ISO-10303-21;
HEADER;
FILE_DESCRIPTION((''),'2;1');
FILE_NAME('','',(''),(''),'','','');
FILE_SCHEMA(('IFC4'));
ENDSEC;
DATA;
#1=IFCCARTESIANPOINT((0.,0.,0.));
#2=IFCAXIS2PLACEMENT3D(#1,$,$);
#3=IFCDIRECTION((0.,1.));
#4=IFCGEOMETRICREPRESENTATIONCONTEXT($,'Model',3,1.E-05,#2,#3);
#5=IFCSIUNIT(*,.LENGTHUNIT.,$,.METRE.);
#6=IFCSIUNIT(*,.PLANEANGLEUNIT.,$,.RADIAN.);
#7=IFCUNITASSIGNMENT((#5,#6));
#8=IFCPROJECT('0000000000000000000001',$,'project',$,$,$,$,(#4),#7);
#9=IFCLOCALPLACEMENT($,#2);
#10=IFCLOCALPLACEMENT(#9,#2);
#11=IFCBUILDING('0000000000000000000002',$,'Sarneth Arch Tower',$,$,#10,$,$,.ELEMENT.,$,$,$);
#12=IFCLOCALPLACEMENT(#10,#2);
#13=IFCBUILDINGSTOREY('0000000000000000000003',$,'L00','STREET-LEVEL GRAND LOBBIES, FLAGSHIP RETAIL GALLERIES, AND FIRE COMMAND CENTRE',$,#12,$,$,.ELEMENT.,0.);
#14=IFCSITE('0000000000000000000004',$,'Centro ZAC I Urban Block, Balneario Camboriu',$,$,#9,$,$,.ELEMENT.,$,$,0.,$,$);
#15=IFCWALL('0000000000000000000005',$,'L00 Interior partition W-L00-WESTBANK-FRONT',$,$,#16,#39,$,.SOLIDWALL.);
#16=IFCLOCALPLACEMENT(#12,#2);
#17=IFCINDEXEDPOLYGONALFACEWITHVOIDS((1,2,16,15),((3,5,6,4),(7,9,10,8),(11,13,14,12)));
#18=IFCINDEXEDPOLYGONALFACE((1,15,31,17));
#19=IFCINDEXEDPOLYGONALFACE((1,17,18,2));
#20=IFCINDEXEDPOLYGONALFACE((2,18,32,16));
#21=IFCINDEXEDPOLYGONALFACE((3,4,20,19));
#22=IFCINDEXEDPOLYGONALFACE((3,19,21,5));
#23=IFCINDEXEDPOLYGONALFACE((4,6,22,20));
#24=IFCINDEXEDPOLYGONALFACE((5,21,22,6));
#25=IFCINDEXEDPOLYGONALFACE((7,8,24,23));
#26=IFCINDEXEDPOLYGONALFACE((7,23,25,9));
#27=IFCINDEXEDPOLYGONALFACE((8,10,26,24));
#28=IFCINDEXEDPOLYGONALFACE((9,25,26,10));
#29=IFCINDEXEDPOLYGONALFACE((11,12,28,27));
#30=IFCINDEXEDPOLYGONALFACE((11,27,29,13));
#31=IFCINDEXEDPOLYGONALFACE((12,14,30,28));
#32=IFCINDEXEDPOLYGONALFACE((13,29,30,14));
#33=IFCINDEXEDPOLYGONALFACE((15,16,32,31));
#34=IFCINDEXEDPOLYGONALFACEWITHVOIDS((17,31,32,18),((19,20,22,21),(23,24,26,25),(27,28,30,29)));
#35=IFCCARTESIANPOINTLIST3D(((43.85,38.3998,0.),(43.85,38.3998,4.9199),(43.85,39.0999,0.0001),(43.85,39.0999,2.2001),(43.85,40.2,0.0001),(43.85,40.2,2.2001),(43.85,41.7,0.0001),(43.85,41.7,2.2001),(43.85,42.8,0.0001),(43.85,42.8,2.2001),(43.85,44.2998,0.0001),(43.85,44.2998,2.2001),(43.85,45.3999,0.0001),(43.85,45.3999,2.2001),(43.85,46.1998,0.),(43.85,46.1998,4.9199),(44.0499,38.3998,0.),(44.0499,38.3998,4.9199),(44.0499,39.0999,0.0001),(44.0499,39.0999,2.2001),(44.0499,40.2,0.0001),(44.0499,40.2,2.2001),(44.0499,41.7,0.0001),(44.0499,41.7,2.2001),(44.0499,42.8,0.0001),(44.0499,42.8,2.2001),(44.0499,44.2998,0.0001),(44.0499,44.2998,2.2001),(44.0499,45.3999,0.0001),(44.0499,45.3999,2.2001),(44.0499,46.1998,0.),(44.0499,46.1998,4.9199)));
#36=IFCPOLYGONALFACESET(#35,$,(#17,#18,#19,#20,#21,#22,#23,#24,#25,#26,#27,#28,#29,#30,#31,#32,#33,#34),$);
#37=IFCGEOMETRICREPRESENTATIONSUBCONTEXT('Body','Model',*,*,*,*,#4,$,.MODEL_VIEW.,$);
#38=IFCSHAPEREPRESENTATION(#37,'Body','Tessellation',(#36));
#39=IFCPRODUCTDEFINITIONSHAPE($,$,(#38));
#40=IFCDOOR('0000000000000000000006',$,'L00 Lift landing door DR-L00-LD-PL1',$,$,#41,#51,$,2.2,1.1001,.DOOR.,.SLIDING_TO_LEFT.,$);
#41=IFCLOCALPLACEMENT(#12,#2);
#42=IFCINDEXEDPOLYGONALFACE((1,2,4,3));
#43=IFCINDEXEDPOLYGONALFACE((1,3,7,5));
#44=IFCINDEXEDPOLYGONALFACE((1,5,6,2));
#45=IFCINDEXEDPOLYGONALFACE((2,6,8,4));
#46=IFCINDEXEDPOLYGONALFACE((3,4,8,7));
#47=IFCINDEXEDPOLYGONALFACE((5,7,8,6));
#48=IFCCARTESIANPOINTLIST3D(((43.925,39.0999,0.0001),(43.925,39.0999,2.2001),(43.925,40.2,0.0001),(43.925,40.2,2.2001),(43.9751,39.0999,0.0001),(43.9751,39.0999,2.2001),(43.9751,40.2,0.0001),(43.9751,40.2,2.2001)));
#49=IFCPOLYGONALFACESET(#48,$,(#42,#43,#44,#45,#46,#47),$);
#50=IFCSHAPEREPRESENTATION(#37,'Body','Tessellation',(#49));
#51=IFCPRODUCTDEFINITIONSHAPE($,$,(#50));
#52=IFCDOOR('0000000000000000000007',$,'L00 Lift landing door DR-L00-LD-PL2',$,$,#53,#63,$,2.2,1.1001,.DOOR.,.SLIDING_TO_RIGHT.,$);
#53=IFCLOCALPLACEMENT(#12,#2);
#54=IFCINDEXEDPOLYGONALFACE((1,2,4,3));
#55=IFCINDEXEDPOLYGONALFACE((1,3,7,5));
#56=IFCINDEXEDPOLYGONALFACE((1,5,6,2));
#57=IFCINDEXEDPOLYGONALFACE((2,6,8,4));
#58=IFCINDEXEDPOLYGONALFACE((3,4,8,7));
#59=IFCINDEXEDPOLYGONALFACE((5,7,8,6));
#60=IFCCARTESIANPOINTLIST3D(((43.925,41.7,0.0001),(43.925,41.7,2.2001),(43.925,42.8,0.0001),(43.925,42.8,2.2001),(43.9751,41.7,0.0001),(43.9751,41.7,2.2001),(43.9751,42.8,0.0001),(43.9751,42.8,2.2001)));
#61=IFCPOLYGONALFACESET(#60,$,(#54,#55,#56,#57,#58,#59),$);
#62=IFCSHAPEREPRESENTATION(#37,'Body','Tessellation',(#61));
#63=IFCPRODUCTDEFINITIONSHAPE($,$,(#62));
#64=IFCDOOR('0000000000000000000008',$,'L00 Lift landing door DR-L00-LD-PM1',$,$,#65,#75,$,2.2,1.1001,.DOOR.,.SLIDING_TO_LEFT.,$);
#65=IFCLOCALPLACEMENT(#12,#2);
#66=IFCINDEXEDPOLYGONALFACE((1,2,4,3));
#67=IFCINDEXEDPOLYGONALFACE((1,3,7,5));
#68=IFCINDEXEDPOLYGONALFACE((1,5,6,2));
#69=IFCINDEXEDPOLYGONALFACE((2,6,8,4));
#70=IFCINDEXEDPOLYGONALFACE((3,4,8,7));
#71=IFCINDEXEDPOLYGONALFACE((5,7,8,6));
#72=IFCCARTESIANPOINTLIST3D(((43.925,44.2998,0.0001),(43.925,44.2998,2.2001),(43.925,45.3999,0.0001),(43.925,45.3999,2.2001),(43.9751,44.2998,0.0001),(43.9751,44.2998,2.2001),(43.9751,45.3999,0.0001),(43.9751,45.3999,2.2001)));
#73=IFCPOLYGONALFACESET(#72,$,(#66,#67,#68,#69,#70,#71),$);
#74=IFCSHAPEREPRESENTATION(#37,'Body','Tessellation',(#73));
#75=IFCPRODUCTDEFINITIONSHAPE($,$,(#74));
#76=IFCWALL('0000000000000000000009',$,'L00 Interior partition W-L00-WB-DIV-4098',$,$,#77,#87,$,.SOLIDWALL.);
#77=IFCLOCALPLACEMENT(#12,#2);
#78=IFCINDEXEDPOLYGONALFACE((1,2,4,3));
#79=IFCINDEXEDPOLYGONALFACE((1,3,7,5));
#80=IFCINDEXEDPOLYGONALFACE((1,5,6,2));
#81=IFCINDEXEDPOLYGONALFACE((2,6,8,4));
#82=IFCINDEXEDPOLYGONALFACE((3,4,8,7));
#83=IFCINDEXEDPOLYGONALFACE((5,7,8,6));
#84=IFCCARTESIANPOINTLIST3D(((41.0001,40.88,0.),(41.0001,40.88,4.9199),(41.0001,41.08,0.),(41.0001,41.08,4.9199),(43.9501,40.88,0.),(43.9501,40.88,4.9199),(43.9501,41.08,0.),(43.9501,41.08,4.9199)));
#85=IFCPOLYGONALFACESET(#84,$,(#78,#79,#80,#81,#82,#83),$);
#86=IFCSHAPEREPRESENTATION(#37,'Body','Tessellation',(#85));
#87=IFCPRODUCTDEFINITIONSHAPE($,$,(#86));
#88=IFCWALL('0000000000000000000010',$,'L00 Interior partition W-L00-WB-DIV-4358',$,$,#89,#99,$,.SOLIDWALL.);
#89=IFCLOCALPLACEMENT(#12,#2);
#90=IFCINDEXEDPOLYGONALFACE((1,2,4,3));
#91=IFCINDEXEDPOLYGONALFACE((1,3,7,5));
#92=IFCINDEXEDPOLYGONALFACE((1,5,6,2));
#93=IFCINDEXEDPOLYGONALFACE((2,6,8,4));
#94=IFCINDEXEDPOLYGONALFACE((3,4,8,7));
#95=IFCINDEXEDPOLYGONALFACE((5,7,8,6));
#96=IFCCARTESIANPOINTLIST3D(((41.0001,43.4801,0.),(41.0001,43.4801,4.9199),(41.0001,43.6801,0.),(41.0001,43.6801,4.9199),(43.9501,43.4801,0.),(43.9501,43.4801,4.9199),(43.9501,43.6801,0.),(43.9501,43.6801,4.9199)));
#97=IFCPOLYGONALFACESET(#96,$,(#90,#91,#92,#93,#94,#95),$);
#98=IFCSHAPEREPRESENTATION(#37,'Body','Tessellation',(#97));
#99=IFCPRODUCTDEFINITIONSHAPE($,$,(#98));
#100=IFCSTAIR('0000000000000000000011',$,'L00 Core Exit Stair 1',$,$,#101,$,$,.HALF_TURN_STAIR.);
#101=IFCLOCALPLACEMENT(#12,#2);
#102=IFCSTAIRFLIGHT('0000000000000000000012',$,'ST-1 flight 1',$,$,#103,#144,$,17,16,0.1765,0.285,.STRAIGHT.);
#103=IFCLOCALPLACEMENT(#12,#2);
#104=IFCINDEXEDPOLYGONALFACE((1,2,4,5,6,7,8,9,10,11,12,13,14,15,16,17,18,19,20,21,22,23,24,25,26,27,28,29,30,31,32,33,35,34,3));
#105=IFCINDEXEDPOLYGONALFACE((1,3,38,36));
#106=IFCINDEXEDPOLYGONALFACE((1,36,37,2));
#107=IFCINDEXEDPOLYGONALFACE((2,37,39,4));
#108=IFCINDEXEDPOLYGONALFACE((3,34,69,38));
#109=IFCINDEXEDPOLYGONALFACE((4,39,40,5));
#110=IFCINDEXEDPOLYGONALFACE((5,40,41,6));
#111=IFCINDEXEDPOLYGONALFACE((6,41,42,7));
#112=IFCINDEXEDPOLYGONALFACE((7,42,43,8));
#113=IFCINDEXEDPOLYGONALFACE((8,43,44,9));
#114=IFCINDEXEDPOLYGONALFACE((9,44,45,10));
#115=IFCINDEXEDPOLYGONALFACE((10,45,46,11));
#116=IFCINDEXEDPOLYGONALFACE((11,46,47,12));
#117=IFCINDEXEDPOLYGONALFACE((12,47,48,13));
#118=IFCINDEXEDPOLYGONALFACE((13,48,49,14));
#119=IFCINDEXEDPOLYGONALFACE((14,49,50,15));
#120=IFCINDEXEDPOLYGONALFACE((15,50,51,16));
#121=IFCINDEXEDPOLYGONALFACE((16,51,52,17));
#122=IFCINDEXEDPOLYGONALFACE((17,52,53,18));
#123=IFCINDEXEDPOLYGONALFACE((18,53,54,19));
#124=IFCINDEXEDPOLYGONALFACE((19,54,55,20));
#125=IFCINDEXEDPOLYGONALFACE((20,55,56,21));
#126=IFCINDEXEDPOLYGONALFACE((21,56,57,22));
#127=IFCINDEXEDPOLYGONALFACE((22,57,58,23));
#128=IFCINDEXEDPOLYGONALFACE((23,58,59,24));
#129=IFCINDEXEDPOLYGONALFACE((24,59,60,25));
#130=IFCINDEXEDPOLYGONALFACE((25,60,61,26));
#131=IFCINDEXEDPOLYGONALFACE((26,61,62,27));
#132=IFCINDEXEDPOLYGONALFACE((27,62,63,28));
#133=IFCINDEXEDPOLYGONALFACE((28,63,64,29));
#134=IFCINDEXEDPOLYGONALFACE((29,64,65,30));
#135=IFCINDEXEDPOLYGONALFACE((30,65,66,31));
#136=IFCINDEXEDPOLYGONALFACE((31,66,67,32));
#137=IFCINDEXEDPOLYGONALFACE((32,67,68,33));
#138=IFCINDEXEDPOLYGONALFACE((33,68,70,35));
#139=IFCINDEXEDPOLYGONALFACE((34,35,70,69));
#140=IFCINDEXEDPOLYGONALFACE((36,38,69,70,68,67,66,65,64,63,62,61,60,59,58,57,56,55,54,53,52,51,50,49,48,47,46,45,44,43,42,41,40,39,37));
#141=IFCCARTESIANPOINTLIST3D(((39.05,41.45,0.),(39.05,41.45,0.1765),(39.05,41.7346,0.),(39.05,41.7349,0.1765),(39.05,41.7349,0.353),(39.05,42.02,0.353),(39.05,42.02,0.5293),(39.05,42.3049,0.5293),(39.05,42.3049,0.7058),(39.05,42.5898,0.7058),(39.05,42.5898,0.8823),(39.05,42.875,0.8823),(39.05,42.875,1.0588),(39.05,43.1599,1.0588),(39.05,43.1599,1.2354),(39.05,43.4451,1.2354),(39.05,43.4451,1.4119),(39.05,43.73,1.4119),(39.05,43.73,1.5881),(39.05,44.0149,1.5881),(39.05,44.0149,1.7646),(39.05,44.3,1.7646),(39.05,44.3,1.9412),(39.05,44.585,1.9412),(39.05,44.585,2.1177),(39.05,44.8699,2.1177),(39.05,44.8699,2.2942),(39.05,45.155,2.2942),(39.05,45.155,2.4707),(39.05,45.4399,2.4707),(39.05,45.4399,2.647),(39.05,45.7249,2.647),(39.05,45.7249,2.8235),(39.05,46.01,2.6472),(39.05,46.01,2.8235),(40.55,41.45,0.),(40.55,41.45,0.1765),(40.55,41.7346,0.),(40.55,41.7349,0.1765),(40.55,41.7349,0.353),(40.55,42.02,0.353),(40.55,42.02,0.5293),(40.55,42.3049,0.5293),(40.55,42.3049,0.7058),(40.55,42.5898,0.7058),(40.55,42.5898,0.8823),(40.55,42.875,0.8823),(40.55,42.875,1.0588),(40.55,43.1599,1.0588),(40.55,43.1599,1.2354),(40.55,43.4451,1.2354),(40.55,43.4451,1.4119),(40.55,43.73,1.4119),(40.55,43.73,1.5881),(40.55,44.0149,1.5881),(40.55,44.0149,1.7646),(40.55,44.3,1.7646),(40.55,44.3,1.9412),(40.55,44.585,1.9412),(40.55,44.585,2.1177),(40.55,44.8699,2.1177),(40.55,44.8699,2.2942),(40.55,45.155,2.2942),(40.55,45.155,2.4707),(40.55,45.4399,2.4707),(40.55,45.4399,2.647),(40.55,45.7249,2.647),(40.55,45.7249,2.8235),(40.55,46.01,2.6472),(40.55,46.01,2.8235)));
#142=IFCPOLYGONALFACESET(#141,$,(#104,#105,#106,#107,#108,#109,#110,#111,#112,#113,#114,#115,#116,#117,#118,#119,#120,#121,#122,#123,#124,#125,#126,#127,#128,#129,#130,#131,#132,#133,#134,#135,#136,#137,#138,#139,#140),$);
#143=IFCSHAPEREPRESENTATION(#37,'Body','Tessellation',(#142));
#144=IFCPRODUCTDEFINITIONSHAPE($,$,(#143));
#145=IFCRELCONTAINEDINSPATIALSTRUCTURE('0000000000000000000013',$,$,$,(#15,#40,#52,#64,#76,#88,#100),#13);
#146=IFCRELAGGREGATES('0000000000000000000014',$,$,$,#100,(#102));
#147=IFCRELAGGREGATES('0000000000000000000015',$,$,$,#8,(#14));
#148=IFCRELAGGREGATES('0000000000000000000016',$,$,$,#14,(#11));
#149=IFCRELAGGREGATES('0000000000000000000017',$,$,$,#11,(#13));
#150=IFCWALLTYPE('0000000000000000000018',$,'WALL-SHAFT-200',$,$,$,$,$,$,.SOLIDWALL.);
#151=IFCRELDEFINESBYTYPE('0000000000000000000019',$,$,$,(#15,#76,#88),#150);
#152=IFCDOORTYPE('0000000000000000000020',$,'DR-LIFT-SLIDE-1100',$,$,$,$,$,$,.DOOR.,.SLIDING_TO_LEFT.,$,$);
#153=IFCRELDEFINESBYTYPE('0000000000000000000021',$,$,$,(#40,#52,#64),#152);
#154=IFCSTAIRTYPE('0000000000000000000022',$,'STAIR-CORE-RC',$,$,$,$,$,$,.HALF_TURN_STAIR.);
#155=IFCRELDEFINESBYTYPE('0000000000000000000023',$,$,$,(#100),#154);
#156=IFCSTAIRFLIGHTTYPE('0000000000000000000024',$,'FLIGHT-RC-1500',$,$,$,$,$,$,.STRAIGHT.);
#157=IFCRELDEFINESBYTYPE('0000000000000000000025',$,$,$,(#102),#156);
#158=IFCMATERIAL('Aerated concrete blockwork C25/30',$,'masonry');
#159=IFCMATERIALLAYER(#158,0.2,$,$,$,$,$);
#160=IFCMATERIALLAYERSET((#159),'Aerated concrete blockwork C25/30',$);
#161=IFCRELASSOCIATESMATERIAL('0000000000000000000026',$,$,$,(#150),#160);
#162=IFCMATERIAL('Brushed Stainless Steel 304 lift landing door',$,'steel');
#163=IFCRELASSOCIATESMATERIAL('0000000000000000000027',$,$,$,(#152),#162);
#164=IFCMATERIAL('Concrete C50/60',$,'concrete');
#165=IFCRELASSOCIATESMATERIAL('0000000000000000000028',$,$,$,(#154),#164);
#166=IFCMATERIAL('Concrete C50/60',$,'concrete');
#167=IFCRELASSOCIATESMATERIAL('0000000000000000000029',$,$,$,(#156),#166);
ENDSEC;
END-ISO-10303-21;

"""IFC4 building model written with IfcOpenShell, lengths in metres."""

from ifc_helpers import new_model, si_unit, direction, frame, frame_2d, origin, place, context, subcontext, project, spatial, polyline, rectangle, outline, extrude, material, layer, layer_set, type_object, element, fill, aggregate, save


model = new_model("IFC4")

# Units and contexts
model_context = context("Model", 3, precision=1e-05, world=origin(), true_north=direction((0.0, 1.0)))
body_context = subcontext(model_context, "Body", "Model", "MODEL_VIEW")
ifc_project = project(units=[si_unit("LENGTHUNIT", "METRE"), si_unit("PLANEANGLEUNIT", "RADIAN")], contexts=[model_context])

# Site, building, storey
site_placement = place(None, origin())
site = spatial("IfcSite", under=ifc_project, at=site_placement, Name="Centro ZAC I Urban Block, Balneario Camboriu", CompositionType="ELEMENT", RefElevation=0.0)
building_placement = place(site_placement, origin())
building = spatial("IfcBuilding", under=site, at=building_placement, Name="Sarneth Arch Tower", CompositionType="ELEMENT")
storey_placement = place(building_placement, origin())
storey = spatial("IfcBuildingStorey", under=building, at=storey_placement, Name="L00", Description="STREET-LEVEL GRAND LOBBIES, FLAGSHIP RETAIL GALLERIES, AND FIRE COMMAND CENTRE", CompositionType="ELEMENT", Elevation=0.0)

# Shared definitions
ifc_material_1 = material(Name="Aerated concrete blockwork C25/30", Category="masonry")
ifc_layer_1 = layer(ifc_material_1, 0.2)
ifc_layer_set_1 = layer_set([ifc_layer_1], Name="Aerated concrete blockwork C25/30")
wall_type_1 = type_object("IfcWallType", Name="WALL-SHAFT-200", PredefinedType="SOLIDWALL", material=ifc_layer_set_1)

# Wall, openings, doors
wall_1_placement = place(storey_placement, frame((43.95, 38.3999, 0.0), z_axis=(0.0, 0.0, 1.0), x_axis=(0.0, 1.0, 0.0)))
wall_1 = element("IfcWall", 1, at=wall_1_placement, inside=storey, type_object=wall_type_1, Name="L00 Interior partition W-L00-WESTBANK-FRONT", PredefinedType="SOLIDWALL", context=body_context, shape_type="SweptSolid", body=[
    extrude(rectangle(XDim=7.8, YDim=0.2, at=frame_2d((3.8999, 0.0))), origin(), (0.0, 0.0, 1.0), 4.9199),
])
opening_1_placement = place(wall_1_placement, frame((0.7, 0.0, 0.0)))
opening_1 = element("IfcOpeningElement", 2, at=opening_1_placement, cuts=wall_1, PredefinedType="OPENING", context=body_context, shape_type="SweptSolid", body=[
    extrude(rectangle(XDim=1.1001, YDim=2.2, at=frame_2d((0.55, 1.1001))), frame((0.0, 0.1099, 0.0), z_axis=(0.0, -1.0, 0.0), x_axis=(1.0, 0.0, 0.0)), (0.0, 0.0, 1.0), 0.22),
])
opening_2_placement = place(wall_1_placement, frame((3.3, 0.0, 0.0)))
opening_2 = element("IfcOpeningElement", 3, at=opening_2_placement, cuts=wall_1, PredefinedType="OPENING", context=body_context, shape_type="SweptSolid", body=[
    extrude(rectangle(XDim=1.1001, YDim=2.2, at=frame_2d((0.55, 1.1001))), frame((0.0, 0.1099, 0.0), z_axis=(0.0, -1.0, 0.0), x_axis=(1.0, 0.0, 0.0)), (0.0, 0.0, 1.0), 0.22),
])
opening_3_placement = place(wall_1_placement, frame((5.8999, 0.0, 0.0)))
opening_3 = element("IfcOpeningElement", 4, at=opening_3_placement, cuts=wall_1, PredefinedType="OPENING", context=body_context, shape_type="SweptSolid", body=[
    extrude(rectangle(XDim=1.1001, YDim=2.2, at=frame_2d((0.55, 1.1001))), frame((0.0, 0.1099, 0.0), z_axis=(0.0, -1.0, 0.0), x_axis=(1.0, 0.0, 0.0)), (0.0, 0.0, 1.0), 0.22),
])
ifc_material_2 = material(Name="Brushed Stainless Steel 304 lift landing door", Category="steel")
door_type_1 = type_object("IfcDoorType", Name="DR-LIFT-SLIDE-1100", OperationType="SLIDING_TO_LEFT", PredefinedType="DOOR", material=ifc_material_2)
door_1_placement = place(opening_1_placement, origin())
door_1 = element("IfcDoor", 5, at=door_1_placement, inside=storey, type_object=door_type_1, Name="L00 Lift landing door DR-L00-LD-PL1", OperationType="SLIDING_TO_LEFT", OverallHeight=2.2, OverallWidth=1.1001, PredefinedType="DOOR", context=body_context, shape_type="SweptSolid", body=[
    extrude(rectangle(XDim=1.1001, YDim=2.2, at=frame_2d((0.55, 1.1001))), frame((0.0, 0.0249, 0.0), z_axis=(0.0, -1.0, 0.0), x_axis=(1.0, 0.0, 0.0)), (0.0, 0.0, 1.0), 0.05),
])
fill(opening_1, door_1)
door_2_placement = place(opening_2_placement, origin())
door_2 = element("IfcDoor", 6, at=door_2_placement, inside=storey, type_object=door_type_1, Name="L00 Lift landing door DR-L00-LD-PL2", OperationType="SLIDING_TO_RIGHT", OverallHeight=2.2, OverallWidth=1.1001, PredefinedType="DOOR", context=body_context, shape_type="SweptSolid", body=[
    extrude(rectangle(XDim=1.1001, YDim=2.2, at=frame_2d((0.55, 1.1001))), frame((0.0, 0.0249, 0.0), z_axis=(0.0, -1.0, 0.0), x_axis=(1.0, 0.0, 0.0)), (0.0, 0.0, 1.0), 0.05),
])
fill(opening_2, door_2)
door_3_placement = place(opening_3_placement, origin())
door_3 = element("IfcDoor", 7, at=door_3_placement, inside=storey, type_object=door_type_1, Name="L00 Lift landing door DR-L00-LD-PM1", OperationType="SLIDING_TO_LEFT", OverallHeight=2.2, OverallWidth=1.1001, PredefinedType="DOOR", context=body_context, shape_type="SweptSolid", body=[
    extrude(rectangle(XDim=1.1001, YDim=2.2, at=frame_2d((0.55, 1.1001))), frame((0.0, 0.0249, 0.0), z_axis=(0.0, -1.0, 0.0), x_axis=(1.0, 0.0, 0.0)), (0.0, 0.0, 1.0), 0.05),
])
fill(opening_3, door_3)

# Walls
for number, where, z_axis, x_axis, name in (
    (8, (41.0, 40.98, 0.0), (0.0, 0.0, 1.0), (1.0, 0.0, 0.0), "L00 Interior partition W-L00-WB-DIV-4098"),
    (9, (41.0, 43.5801, 0.0), (0.0, 0.0, 1.0), (1.0, 0.0, 0.0), "L00 Interior partition W-L00-WB-DIV-4358"),
):
    element("IfcWall", number, at=place(storey_placement, frame(where, z_axis=z_axis, x_axis=x_axis)), inside=storey, type_object=wall_type_1, Name=name, PredefinedType="SOLIDWALL", context=body_context, shape_type="SweptSolid", body=[
        extrude(rectangle(XDim=2.95, YDim=0.2, at=frame_2d((1.4751, 0.0))), origin(), (0.0, 0.0, 1.0), 4.9199),
    ])

# Stair, stair flight
ifc_material_3 = material(Name="Concrete C50/60", Category="concrete")
stair_type = type_object("IfcStairType", Name="STAIR-CORE-RC", PredefinedType="HALF_TURN_STAIR", material=ifc_material_3)
stair_placement = place(storey_placement, origin())
stair = element("IfcStair", 10, at=stair_placement, inside=storey, type_object=stair_type, Name="L00 Core Exit Stair 1", PredefinedType="HALF_TURN_STAIR")
ifc_material_4 = material(Name="Concrete C50/60", Category="concrete")
stair_flight_type = type_object("IfcStairFlightType", Name="FLIGHT-RC-1500", PredefinedType="STRAIGHT", material=ifc_material_4)
stair_flight_placement = place(storey_placement, frame((39.8, 41.45, 0.0), z_axis=(0.0, 0.0, 1.0), x_axis=(0.0, 1.0, 0.0)))
stair_flight = element("IfcStairFlight", 11, at=stair_flight_placement, type_object=stair_flight_type, Name="ST-1 flight 1", NumberOfRisers=17, NumberOfTreads=16, PredefinedType="STRAIGHT", RiserHeight=0.1765, TreadLength=0.285, context=body_context, shape_type="SweptSolid", body=[
    extrude(outline(polyline([(0.0, 0.0), (0.0, 0.1765), (0.2849, 0.1765), (0.2849, 0.353), (0.5701, 0.353), (0.5701, 0.5293), (0.855, 0.5293), (0.855, 0.7058), (1.1399, 0.7058), (1.1399, 0.8823), (1.425, 0.8823), (1.425, 1.0588), (1.71, 1.0588), (1.71, 1.2354), (1.9951, 1.2354), (1.9951, 1.4119), (2.28, 1.4119), (2.28, 1.5881), (2.5649, 1.5881), (2.5649, 1.7646), (2.8501, 1.7646), (2.8501, 1.9412), (3.135, 1.9412), (3.135, 2.1177), (3.4199, 2.1177), (3.4199, 2.2942), (3.7051, 2.2942), (3.7051, 2.4707), (3.99, 2.4707), (3.99, 2.647), (4.2749, 2.647), (4.2749, 2.8235), (4.5601, 2.8235), (4.5601, 3.0), (4.5601, 2.6472), (0.2847, 0.0), (0.0, 0.0)])), frame((0.0, 0.75, 0.0), z_axis=(0.0, -1.0, 0.0), x_axis=(1.0, 0.0, 0.0)), (0.0, 0.0, 1.0), 1.5),
])
aggregate(stair, [stair_flight])

save(model, "model.ifc")
